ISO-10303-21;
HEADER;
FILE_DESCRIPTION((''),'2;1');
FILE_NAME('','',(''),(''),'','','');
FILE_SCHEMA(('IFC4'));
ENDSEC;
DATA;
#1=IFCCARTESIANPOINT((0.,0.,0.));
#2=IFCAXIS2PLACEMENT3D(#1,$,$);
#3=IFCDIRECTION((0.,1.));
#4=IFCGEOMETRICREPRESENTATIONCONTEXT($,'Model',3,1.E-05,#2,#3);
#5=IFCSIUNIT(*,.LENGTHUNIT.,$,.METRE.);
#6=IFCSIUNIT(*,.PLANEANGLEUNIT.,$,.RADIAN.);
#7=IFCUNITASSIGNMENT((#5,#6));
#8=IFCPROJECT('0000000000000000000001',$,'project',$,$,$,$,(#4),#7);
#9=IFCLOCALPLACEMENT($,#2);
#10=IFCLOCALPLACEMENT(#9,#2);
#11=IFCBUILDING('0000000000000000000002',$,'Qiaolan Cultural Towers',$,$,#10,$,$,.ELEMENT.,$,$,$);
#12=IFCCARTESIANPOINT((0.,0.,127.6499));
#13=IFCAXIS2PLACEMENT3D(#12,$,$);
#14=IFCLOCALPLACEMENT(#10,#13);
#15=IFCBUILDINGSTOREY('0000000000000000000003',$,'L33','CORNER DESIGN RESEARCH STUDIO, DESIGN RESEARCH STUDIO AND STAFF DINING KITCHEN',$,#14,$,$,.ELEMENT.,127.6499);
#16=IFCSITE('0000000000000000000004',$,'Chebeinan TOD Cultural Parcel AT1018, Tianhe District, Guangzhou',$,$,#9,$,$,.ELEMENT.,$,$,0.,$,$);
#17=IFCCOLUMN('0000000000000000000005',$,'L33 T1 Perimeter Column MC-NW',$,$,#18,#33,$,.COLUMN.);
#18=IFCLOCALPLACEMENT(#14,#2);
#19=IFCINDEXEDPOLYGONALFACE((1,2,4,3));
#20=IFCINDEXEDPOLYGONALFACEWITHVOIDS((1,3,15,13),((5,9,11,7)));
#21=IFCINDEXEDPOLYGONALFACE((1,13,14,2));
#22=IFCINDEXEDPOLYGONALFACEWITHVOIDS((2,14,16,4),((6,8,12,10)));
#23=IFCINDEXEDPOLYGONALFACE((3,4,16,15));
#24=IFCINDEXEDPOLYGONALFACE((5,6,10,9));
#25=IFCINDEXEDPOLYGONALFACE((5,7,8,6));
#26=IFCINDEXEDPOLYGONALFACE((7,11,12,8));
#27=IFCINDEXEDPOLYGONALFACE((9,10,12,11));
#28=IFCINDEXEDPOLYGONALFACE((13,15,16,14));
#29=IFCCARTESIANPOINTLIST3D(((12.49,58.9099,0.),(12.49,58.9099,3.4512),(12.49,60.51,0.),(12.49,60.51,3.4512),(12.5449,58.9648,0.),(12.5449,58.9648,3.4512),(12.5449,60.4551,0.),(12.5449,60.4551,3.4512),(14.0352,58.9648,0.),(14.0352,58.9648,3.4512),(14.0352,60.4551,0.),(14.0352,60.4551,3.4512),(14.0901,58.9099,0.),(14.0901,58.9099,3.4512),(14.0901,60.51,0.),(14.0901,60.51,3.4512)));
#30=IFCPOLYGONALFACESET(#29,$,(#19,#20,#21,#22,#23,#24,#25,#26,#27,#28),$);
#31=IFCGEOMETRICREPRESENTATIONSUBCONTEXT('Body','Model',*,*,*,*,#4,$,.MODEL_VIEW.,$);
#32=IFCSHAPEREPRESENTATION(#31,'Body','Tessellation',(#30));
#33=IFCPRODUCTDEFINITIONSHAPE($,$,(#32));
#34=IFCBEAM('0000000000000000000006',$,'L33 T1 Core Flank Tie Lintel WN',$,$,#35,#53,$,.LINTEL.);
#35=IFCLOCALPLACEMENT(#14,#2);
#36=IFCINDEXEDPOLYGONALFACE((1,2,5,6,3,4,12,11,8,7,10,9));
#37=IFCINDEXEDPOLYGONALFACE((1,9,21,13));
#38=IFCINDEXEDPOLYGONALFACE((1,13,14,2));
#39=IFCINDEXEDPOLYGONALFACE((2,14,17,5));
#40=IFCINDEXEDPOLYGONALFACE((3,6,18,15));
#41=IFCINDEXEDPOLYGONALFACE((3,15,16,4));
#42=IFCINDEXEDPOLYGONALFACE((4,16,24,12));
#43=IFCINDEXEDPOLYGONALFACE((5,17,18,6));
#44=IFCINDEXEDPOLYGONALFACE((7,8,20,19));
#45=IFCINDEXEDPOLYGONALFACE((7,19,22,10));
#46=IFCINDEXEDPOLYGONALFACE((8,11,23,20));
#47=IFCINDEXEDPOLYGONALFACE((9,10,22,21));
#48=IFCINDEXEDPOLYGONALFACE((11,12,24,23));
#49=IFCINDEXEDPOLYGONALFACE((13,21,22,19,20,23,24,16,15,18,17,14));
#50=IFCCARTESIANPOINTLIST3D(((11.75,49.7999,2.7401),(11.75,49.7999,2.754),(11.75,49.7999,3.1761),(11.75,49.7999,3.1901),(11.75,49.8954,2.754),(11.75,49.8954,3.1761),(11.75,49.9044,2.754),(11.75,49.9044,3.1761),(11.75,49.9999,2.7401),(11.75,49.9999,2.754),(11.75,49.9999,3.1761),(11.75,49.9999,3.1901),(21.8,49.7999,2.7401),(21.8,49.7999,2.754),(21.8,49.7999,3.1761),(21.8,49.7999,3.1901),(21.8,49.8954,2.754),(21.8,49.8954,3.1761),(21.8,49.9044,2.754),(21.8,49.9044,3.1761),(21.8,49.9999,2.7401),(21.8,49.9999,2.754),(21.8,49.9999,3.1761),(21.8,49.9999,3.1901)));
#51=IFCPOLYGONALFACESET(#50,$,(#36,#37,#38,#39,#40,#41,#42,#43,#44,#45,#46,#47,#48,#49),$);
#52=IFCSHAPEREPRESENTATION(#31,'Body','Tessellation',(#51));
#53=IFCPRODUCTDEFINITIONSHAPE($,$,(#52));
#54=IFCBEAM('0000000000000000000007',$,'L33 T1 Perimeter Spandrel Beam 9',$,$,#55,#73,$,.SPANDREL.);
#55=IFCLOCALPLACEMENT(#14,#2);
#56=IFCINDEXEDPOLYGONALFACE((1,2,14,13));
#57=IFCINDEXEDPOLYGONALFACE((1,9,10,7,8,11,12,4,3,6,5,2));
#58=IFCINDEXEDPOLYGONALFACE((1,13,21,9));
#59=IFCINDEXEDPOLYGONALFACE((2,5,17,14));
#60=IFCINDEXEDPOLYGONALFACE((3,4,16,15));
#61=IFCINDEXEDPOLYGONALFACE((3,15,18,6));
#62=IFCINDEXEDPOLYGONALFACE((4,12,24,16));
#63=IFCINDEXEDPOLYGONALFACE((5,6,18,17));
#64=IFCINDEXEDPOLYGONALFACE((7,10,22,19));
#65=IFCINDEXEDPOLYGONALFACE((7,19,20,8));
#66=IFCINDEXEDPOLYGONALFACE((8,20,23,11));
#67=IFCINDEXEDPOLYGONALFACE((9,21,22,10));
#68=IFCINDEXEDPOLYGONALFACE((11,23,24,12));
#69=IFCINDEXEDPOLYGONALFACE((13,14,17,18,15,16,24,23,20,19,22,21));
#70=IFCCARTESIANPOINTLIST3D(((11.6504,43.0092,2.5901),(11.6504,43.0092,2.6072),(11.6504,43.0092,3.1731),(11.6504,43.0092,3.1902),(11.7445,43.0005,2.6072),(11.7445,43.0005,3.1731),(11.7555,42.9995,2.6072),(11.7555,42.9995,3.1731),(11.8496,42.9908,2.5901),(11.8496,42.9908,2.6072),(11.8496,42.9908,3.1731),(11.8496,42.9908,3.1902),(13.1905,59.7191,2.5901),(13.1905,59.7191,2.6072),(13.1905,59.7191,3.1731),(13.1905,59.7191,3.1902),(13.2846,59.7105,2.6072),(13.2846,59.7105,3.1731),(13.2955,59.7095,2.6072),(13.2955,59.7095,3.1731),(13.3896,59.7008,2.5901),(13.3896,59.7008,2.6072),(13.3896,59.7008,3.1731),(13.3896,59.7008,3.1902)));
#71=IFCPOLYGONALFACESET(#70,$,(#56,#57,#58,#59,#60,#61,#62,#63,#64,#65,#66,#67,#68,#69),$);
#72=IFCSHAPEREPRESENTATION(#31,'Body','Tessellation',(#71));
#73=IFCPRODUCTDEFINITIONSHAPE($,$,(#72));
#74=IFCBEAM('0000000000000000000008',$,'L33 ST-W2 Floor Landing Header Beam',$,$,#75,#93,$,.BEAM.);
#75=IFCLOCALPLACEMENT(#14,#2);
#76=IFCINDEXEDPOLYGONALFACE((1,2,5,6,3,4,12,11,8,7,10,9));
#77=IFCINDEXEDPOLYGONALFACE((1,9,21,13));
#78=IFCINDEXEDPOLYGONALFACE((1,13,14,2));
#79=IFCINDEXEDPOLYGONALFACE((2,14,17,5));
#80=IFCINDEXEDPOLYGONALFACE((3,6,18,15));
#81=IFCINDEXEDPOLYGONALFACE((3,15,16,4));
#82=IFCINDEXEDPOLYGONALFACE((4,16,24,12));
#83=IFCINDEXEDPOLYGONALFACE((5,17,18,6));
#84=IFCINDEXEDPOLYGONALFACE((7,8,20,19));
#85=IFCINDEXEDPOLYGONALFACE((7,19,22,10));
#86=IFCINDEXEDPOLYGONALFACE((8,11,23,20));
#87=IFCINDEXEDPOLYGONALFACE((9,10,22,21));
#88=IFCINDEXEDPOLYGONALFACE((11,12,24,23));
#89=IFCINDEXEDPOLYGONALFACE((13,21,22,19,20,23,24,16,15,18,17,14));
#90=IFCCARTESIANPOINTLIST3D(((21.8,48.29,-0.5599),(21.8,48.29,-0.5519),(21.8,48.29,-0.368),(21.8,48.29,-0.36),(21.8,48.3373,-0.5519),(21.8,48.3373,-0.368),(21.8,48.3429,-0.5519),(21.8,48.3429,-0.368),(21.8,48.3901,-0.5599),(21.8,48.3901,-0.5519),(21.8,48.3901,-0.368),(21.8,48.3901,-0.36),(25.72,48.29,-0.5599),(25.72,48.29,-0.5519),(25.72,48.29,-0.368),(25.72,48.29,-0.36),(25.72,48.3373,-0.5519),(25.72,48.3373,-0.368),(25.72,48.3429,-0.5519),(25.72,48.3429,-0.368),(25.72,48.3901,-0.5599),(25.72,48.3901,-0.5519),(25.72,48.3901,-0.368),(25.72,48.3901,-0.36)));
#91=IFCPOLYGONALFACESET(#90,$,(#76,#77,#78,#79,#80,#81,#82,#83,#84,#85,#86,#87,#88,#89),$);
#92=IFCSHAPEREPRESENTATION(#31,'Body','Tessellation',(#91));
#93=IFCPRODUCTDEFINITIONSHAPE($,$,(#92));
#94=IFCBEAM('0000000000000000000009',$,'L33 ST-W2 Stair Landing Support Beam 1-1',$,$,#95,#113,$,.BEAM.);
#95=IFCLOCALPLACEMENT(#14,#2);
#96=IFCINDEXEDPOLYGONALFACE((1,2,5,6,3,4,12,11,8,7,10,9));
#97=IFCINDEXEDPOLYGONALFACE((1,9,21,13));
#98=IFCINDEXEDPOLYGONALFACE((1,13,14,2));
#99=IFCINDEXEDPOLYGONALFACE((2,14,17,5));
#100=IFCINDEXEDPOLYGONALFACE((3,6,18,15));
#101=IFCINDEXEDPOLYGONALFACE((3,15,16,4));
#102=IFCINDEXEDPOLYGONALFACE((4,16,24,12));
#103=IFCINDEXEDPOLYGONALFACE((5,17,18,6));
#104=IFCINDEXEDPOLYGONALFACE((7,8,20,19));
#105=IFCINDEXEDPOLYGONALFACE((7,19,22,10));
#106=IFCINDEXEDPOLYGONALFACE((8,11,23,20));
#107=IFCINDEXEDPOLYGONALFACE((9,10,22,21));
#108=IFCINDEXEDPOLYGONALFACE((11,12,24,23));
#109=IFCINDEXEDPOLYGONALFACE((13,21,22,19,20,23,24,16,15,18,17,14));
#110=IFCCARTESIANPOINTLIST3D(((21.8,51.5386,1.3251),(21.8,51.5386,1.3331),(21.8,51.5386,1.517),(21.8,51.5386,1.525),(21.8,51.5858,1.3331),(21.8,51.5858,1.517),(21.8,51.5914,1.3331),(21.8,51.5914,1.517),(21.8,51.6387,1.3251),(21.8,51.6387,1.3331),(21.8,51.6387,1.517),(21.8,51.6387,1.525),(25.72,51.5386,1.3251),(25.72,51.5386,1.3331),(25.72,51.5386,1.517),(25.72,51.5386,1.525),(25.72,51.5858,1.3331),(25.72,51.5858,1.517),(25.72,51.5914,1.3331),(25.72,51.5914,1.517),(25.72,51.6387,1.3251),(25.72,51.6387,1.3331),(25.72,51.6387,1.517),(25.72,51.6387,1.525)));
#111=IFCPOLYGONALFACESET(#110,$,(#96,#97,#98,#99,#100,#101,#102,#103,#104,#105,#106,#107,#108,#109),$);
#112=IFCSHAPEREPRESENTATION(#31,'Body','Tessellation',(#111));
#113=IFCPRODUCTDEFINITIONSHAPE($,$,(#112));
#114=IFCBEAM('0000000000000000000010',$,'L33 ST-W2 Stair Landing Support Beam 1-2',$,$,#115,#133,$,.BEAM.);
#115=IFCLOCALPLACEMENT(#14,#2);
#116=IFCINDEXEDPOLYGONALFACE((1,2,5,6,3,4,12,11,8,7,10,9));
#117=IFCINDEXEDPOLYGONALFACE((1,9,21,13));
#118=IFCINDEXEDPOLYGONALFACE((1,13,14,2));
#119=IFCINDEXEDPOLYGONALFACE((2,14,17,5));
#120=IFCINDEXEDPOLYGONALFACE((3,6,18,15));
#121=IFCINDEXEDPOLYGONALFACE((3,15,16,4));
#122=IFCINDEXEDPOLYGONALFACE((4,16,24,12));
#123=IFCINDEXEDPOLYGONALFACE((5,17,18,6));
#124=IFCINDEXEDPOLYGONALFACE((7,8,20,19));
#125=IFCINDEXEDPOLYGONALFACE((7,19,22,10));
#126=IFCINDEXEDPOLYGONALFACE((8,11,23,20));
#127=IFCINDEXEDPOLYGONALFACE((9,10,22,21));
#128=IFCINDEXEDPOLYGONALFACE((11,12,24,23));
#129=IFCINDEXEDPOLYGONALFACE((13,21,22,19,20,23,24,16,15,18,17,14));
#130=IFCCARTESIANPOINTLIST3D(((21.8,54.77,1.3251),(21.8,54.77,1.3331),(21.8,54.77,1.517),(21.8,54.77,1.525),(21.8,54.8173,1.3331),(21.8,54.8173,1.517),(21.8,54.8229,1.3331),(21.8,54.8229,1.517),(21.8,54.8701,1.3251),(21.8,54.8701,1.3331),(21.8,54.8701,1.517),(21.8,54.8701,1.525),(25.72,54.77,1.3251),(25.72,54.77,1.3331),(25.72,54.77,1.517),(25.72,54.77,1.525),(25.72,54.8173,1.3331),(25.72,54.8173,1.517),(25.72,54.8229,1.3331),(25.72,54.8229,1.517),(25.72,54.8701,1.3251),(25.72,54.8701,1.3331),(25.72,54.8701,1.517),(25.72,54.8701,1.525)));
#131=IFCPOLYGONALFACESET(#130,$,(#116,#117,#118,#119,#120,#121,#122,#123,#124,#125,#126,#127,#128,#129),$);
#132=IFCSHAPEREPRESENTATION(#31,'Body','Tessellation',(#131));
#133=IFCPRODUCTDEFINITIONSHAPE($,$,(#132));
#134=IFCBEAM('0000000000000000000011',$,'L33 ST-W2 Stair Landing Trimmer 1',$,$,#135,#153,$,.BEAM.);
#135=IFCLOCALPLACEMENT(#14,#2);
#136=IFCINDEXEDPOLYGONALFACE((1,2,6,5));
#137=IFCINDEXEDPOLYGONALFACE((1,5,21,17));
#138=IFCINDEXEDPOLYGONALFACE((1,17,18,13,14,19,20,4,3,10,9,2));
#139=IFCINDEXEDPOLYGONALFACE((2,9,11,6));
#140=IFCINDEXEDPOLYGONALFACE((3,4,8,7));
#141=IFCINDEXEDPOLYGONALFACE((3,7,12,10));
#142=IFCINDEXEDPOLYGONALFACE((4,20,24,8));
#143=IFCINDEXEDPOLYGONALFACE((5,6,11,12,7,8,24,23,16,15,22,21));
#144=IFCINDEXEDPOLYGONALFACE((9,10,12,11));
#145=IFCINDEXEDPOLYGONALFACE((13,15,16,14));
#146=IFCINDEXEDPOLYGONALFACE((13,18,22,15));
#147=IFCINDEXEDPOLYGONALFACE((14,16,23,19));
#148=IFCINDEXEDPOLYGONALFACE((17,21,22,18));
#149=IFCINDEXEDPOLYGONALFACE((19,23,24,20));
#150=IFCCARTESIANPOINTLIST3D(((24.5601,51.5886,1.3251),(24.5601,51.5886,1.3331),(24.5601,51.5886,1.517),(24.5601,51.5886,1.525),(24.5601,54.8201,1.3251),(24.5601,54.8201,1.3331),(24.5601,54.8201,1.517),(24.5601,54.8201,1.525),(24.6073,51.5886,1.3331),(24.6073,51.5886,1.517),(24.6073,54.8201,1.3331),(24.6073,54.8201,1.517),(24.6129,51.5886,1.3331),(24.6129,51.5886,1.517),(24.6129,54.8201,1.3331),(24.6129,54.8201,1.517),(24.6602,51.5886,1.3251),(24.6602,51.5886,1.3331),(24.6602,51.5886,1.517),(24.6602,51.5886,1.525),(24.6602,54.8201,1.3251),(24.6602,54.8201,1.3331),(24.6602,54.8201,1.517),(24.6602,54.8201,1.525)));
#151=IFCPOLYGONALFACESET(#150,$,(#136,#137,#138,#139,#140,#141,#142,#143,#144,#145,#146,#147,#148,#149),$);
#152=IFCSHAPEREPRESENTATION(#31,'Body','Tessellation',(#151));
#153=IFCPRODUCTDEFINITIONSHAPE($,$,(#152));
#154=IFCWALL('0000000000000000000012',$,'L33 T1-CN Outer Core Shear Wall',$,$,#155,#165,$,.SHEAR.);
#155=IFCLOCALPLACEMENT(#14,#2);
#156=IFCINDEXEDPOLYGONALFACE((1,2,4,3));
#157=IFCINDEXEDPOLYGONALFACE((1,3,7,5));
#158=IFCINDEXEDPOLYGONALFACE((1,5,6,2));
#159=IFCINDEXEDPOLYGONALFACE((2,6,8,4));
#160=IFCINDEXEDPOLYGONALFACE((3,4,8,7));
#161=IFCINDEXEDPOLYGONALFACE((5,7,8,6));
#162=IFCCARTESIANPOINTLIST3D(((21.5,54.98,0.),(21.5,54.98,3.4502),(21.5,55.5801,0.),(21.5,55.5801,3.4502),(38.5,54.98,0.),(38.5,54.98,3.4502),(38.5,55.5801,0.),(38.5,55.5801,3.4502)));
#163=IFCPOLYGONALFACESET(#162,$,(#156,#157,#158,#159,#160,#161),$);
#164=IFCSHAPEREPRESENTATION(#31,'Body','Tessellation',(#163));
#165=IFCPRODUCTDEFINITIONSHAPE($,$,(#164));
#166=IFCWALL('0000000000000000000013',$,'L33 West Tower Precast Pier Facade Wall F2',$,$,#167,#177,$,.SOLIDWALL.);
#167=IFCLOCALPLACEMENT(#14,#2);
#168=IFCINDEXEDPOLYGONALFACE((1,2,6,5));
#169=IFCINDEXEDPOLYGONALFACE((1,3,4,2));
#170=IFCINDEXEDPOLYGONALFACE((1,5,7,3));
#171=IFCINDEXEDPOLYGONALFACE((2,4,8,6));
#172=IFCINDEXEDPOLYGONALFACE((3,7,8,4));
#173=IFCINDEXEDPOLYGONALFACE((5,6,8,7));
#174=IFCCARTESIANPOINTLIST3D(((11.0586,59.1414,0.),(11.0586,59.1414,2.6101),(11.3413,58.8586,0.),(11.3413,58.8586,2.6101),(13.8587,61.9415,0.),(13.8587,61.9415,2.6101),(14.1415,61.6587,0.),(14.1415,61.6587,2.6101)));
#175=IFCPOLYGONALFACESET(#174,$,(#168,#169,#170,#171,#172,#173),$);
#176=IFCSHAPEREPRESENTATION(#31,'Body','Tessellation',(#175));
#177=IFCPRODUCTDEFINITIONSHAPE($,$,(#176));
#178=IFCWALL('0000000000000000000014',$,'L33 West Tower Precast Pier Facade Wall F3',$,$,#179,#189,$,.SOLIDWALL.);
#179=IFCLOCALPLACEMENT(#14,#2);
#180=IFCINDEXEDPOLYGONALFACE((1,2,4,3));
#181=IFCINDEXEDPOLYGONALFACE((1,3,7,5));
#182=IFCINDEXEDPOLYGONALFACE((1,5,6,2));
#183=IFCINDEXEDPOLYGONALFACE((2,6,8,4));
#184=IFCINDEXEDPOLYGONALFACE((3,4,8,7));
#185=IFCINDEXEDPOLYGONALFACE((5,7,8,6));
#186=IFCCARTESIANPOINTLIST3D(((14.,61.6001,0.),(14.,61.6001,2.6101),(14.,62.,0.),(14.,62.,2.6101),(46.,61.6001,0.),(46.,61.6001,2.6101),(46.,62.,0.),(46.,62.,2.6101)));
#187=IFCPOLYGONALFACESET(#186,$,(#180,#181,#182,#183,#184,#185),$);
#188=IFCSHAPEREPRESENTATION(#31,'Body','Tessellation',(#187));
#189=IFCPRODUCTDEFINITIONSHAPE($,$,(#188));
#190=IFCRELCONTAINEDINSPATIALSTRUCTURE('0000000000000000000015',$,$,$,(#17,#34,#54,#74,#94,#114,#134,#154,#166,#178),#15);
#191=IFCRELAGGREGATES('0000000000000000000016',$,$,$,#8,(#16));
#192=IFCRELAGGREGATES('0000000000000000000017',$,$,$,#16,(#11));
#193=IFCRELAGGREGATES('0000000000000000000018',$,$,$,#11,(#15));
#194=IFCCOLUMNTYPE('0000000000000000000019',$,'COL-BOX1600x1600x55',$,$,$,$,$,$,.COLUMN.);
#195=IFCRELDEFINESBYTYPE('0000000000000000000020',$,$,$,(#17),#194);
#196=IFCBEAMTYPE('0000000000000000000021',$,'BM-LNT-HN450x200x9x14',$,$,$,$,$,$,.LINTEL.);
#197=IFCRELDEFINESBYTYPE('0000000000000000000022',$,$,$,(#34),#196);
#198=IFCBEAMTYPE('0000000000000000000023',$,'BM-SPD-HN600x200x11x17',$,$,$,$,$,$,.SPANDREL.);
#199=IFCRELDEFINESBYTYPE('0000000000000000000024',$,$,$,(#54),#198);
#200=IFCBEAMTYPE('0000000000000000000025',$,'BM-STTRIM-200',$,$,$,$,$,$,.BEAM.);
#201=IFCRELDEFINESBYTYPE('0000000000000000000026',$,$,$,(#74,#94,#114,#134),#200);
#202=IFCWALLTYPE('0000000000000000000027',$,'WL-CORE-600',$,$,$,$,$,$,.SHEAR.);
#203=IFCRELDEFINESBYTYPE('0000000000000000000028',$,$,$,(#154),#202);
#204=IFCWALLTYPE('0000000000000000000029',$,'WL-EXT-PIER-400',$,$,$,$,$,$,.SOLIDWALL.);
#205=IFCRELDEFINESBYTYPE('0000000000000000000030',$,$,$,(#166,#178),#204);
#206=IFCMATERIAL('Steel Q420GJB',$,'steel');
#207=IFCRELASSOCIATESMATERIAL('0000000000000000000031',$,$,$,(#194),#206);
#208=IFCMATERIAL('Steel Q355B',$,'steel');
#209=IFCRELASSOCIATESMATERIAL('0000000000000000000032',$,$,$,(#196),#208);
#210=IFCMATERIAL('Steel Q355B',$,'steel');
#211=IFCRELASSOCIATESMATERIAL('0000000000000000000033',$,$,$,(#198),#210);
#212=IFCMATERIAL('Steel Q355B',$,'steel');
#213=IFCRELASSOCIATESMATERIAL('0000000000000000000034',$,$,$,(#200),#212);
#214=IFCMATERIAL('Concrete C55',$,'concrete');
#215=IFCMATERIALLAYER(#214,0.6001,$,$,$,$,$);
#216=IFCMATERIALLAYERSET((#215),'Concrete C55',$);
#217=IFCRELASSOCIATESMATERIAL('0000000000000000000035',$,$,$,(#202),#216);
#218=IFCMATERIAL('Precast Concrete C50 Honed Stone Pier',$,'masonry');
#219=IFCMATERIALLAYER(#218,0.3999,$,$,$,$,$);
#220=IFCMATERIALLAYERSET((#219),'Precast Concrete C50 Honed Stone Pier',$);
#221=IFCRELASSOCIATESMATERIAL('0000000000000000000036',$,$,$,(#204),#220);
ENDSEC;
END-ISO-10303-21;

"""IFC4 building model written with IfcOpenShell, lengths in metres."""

from ifc_helpers import new_model, si_unit, direction, frame, frame_2d, origin, origin_2d, place, context, subcontext, project, spatial, rectangle, hollow_rectangle, i_section, extrude, material, layer, layer_set, material_profile, profile_set, type_object, element, save


model = new_model("IFC4")

# Units and contexts
model_context = context("Model", 3, precision=1e-05, world=origin(), true_north=direction((0.0, 1.0)))
body_context = subcontext(model_context, "Body", "Model", "MODEL_VIEW")
ifc_project = project(units=[si_unit("LENGTHUNIT", "METRE"), si_unit("PLANEANGLEUNIT", "RADIAN")], contexts=[model_context])

# Site, building, storey
site_placement = place(None, origin())
site = spatial("IfcSite", under=ifc_project, at=site_placement, Name="Chebeinan TOD Cultural Parcel AT1018, Tianhe District, Guangzhou", CompositionType="ELEMENT", RefElevation=0.0)
building_placement = place(site_placement, origin())
building = spatial("IfcBuilding", under=site, at=building_placement, Name="Qiaolan Cultural Towers", CompositionType="ELEMENT")
storey_placement = place(building_placement, frame((0.0, 0.0, 127.6499)))
storey = spatial("IfcBuildingStorey", under=building, at=storey_placement, Name="L33", Description="CORNER DESIGN RESEARCH STUDIO, DESIGN RESEARCH STUDIO AND STAFF DINING KITCHEN", CompositionType="ELEMENT", Elevation=127.6499)

# Column
ifc_material_1 = material(Name="Steel Q420GJB", Category="steel")
ifc_material_profile_1 = material_profile(ifc_material_1, hollow_rectangle(XDim=1.6001, YDim=1.6001, WallThickness=0.0549, at=origin_2d()), Name="BOX1600x1600x55")
ifc_profile_set_1 = profile_set([ifc_material_profile_1], Name="Steel Q420GJB")
column_type = type_object("IfcColumnType", Name="COL-BOX1600x1600x55", PredefinedType="COLUMN", material=ifc_profile_set_1)
column_placement = place(storey_placement, frame((13.29, 59.71, 0.0), z_axis=(0.0, 0.0, 1.0), x_axis=(1.0, 0.0, 0.0)))
element("IfcColumn", 1, at=column_placement, inside=storey, type_object=column_type, Name="L33 T1 Perimeter Column MC-NW", PredefinedType="COLUMN", context=body_context, shape_type="SweptSolid", body=[
    extrude(hollow_rectangle(XDim=1.6001, YDim=1.6001, WallThickness=0.0549, at=origin_2d()), origin(), (0.0, 0.0, 1.0), 3.4512),
])

# Beams
ifc_material_2 = material(Name="Steel Q355B", Category="steel")
ifc_material_profile_2 = material_profile(ifc_material_2, i_section(OverallWidth=0.2, OverallDepth=0.45, WebThickness=0.009, FlangeThickness=0.0139, at=origin_2d()), Name="HN450x200x9x14")
ifc_profile_set_2 = profile_set([ifc_material_profile_2], Name="Steel Q355B")
beam_type_1 = type_object("IfcBeamType", Name="BM-LNT-HN450x200x9x14", PredefinedType="LINTEL", material=ifc_profile_set_2)
beam_1_placement = place(storey_placement, frame((21.8, 49.8999, 2.9651), z_axis=(-1.0, 0.0, 0.0), x_axis=(0.0, -1.0, 0.0)))
element("IfcBeam", 2, at=beam_1_placement, inside=storey, type_object=beam_type_1, Name="L33 T1 Core Flank Tie Lintel WN", PredefinedType="LINTEL", context=body_context, shape_type="SweptSolid", body=[
    extrude(i_section(OverallWidth=0.2, OverallDepth=0.45, WebThickness=0.009, FlangeThickness=0.0139, at=origin_2d()), origin(), (0.0, 0.0, 1.0), 10.05),
])
ifc_material_3 = material(Name="Steel Q355B", Category="steel")
ifc_material_profile_3 = material_profile(ifc_material_3, i_section(OverallWidth=0.2, OverallDepth=0.6001, WebThickness=0.011, FlangeThickness=0.0171, at=origin_2d()), Name="HN600x200x11x17")
ifc_profile_set_3 = profile_set([ifc_material_profile_3], Name="Steel Q355B")
beam_type_2 = type_object("IfcBeamType", Name="BM-SPD-HN600x200x11x17", PredefinedType="SPANDREL", material=ifc_profile_set_3)
beam_2_placement = place(storey_placement, frame((13.29, 59.71, 2.8901), z_axis=(-0.091774, -0.99578, 0.0), x_axis=(0.99578, -0.091774, 0.0)))
element("IfcBeam", 3, at=beam_2_placement, inside=storey, type_object=beam_type_2, Name="L33 T1 Perimeter Spandrel Beam 9", PredefinedType="SPANDREL", context=body_context, shape_type="SweptSolid", body=[
    extrude(i_section(OverallWidth=0.2, OverallDepth=0.6001, WebThickness=0.011, FlangeThickness=0.0171, at=origin_2d()), origin(), (0.0, 0.0, 1.0), 16.7808),
])
ifc_material_4 = material(Name="Steel Q355B", Category="steel")
ifc_material_profile_4 = material_profile(ifc_material_4, i_section(OverallWidth=0.1001, OverallDepth=0.2, WebThickness=0.0056, FlangeThickness=0.0081, at=origin_2d()), Name="HN200x100x5.5x8")
ifc_profile_set_4 = profile_set([ifc_material_profile_4], Name="Steel Q355B")
beam_type_3 = type_object("IfcBeamType", Name="BM-STTRIM-200", PredefinedType="BEAM", material=ifc_profile_set_4)
for number, where, z_axis, x_axis, name in (
    (4, (21.8, 48.3401, -0.46), (1.0, 0.0, 0.0), (0.0, 1.0, 0.0), "L33 ST-W2 Floor Landing Header Beam"),
    (5, (21.8, 51.5886, 1.425), (1.0, 0.0, 0.0), (0.0, 1.0, 0.0), "L33 ST-W2 Stair Landing Support Beam 1-1"),
    (6, (21.8, 54.8201, 1.425), (1.0, 0.0, 0.0), (0.0, 1.0, 0.0), "L33 ST-W2 Stair Landing Support Beam 1-2"),
):
    element("IfcBeam", number, at=place(storey_placement, frame(where, z_axis=z_axis, x_axis=x_axis)), inside=storey, type_object=beam_type_3, Name=name, PredefinedType="BEAM", context=body_context, shape_type="SweptSolid", body=[
        extrude(i_section(OverallWidth=0.1001, OverallDepth=0.2, WebThickness=0.0056, FlangeThickness=0.0081, at=origin_2d()), origin(), (0.0, 0.0, 1.0), 3.9199),
    ])
beam_3_placement = place(storey_placement, frame((24.6101, 51.5886, 1.425), z_axis=(0.0, 1.0, 0.0), x_axis=(-1.0, 0.0, 0.0)))
element("IfcBeam", 7, at=beam_3_placement, inside=storey, type_object=beam_type_3, Name="L33 ST-W2 Stair Landing Trimmer 1", PredefinedType="BEAM", context=body_context, shape_type="SweptSolid", body=[
    extrude(i_section(OverallWidth=0.1001, OverallDepth=0.2, WebThickness=0.0056, FlangeThickness=0.0081, at=origin_2d()), origin(), (0.0, 0.0, 1.0), 3.2314),
])

# Walls
ifc_material_5 = material(Name="Concrete C55", Category="concrete")
ifc_layer_1 = layer(ifc_material_5, 0.6001)
ifc_layer_set_1 = layer_set([ifc_layer_1], Name="Concrete C55")
wall_type_1 = type_object("IfcWallType", Name="WL-CORE-600", PredefinedType="SHEAR", material=ifc_layer_set_1)
wall_1_placement = place(storey_placement, frame((21.5, 55.28, 0.0), z_axis=(0.0, 0.0, 1.0), x_axis=(1.0, 0.0, 0.0)))
element("IfcWall", 8, at=wall_1_placement, inside=storey, type_object=wall_type_1, Name="L33 T1-CN Outer Core Shear Wall", PredefinedType="SHEAR", context=body_context, shape_type="SweptSolid", body=[
    extrude(rectangle(XDim=17.0, YDim=0.6001, at=frame_2d((8.5, 0.0))), origin(), (0.0, 0.0, 1.0), 3.4502),
])
ifc_material_6 = material(Name="Precast Concrete C50 Honed Stone Pier", Category="masonry")
ifc_layer_2 = layer(ifc_material_6, 0.3999)
ifc_layer_set_2 = layer_set([ifc_layer_2], Name="Precast Concrete C50 Honed Stone Pier")
wall_type_2 = type_object("IfcWallType", Name="WL-EXT-PIER-400", PredefinedType="SOLIDWALL", material=ifc_layer_set_2)
wall_2_placement = place(storey_placement, frame((11.2, 59.0, 0.0), z_axis=(0.0, 0.0, 1.0), x_axis=(0.707107, 0.707107, 0.0)))
element("IfcWall", 9, at=wall_2_placement, inside=storey, type_object=wall_type_2, Name="L33 West Tower Precast Pier Facade Wall F2", PredefinedType="SOLIDWALL", context=body_context, shape_type="SweptSolid", body=[
    extrude(rectangle(XDim=3.96, YDim=0.3999, at=frame_2d((1.98, 0.0))), origin(), (0.0, 0.0, 1.0), 2.6101),
])
wall_3_placement = place(storey_placement, frame((14.0, 61.8, 0.0), z_axis=(0.0, 0.0, 1.0), x_axis=(1.0, 0.0, 0.0)))
element("IfcWall", 10, at=wall_3_placement, inside=storey, type_object=wall_type_2, Name="L33 West Tower Precast Pier Facade Wall F3", PredefinedType="SOLIDWALL", context=body_context, shape_type="SweptSolid", body=[
    extrude(rectangle(XDim=32.0, YDim=0.3999, at=frame_2d((16.0, 0.0))), origin(), (0.0, 0.0, 1.0), 2.6101),
])

save(model, "model.ifc")
